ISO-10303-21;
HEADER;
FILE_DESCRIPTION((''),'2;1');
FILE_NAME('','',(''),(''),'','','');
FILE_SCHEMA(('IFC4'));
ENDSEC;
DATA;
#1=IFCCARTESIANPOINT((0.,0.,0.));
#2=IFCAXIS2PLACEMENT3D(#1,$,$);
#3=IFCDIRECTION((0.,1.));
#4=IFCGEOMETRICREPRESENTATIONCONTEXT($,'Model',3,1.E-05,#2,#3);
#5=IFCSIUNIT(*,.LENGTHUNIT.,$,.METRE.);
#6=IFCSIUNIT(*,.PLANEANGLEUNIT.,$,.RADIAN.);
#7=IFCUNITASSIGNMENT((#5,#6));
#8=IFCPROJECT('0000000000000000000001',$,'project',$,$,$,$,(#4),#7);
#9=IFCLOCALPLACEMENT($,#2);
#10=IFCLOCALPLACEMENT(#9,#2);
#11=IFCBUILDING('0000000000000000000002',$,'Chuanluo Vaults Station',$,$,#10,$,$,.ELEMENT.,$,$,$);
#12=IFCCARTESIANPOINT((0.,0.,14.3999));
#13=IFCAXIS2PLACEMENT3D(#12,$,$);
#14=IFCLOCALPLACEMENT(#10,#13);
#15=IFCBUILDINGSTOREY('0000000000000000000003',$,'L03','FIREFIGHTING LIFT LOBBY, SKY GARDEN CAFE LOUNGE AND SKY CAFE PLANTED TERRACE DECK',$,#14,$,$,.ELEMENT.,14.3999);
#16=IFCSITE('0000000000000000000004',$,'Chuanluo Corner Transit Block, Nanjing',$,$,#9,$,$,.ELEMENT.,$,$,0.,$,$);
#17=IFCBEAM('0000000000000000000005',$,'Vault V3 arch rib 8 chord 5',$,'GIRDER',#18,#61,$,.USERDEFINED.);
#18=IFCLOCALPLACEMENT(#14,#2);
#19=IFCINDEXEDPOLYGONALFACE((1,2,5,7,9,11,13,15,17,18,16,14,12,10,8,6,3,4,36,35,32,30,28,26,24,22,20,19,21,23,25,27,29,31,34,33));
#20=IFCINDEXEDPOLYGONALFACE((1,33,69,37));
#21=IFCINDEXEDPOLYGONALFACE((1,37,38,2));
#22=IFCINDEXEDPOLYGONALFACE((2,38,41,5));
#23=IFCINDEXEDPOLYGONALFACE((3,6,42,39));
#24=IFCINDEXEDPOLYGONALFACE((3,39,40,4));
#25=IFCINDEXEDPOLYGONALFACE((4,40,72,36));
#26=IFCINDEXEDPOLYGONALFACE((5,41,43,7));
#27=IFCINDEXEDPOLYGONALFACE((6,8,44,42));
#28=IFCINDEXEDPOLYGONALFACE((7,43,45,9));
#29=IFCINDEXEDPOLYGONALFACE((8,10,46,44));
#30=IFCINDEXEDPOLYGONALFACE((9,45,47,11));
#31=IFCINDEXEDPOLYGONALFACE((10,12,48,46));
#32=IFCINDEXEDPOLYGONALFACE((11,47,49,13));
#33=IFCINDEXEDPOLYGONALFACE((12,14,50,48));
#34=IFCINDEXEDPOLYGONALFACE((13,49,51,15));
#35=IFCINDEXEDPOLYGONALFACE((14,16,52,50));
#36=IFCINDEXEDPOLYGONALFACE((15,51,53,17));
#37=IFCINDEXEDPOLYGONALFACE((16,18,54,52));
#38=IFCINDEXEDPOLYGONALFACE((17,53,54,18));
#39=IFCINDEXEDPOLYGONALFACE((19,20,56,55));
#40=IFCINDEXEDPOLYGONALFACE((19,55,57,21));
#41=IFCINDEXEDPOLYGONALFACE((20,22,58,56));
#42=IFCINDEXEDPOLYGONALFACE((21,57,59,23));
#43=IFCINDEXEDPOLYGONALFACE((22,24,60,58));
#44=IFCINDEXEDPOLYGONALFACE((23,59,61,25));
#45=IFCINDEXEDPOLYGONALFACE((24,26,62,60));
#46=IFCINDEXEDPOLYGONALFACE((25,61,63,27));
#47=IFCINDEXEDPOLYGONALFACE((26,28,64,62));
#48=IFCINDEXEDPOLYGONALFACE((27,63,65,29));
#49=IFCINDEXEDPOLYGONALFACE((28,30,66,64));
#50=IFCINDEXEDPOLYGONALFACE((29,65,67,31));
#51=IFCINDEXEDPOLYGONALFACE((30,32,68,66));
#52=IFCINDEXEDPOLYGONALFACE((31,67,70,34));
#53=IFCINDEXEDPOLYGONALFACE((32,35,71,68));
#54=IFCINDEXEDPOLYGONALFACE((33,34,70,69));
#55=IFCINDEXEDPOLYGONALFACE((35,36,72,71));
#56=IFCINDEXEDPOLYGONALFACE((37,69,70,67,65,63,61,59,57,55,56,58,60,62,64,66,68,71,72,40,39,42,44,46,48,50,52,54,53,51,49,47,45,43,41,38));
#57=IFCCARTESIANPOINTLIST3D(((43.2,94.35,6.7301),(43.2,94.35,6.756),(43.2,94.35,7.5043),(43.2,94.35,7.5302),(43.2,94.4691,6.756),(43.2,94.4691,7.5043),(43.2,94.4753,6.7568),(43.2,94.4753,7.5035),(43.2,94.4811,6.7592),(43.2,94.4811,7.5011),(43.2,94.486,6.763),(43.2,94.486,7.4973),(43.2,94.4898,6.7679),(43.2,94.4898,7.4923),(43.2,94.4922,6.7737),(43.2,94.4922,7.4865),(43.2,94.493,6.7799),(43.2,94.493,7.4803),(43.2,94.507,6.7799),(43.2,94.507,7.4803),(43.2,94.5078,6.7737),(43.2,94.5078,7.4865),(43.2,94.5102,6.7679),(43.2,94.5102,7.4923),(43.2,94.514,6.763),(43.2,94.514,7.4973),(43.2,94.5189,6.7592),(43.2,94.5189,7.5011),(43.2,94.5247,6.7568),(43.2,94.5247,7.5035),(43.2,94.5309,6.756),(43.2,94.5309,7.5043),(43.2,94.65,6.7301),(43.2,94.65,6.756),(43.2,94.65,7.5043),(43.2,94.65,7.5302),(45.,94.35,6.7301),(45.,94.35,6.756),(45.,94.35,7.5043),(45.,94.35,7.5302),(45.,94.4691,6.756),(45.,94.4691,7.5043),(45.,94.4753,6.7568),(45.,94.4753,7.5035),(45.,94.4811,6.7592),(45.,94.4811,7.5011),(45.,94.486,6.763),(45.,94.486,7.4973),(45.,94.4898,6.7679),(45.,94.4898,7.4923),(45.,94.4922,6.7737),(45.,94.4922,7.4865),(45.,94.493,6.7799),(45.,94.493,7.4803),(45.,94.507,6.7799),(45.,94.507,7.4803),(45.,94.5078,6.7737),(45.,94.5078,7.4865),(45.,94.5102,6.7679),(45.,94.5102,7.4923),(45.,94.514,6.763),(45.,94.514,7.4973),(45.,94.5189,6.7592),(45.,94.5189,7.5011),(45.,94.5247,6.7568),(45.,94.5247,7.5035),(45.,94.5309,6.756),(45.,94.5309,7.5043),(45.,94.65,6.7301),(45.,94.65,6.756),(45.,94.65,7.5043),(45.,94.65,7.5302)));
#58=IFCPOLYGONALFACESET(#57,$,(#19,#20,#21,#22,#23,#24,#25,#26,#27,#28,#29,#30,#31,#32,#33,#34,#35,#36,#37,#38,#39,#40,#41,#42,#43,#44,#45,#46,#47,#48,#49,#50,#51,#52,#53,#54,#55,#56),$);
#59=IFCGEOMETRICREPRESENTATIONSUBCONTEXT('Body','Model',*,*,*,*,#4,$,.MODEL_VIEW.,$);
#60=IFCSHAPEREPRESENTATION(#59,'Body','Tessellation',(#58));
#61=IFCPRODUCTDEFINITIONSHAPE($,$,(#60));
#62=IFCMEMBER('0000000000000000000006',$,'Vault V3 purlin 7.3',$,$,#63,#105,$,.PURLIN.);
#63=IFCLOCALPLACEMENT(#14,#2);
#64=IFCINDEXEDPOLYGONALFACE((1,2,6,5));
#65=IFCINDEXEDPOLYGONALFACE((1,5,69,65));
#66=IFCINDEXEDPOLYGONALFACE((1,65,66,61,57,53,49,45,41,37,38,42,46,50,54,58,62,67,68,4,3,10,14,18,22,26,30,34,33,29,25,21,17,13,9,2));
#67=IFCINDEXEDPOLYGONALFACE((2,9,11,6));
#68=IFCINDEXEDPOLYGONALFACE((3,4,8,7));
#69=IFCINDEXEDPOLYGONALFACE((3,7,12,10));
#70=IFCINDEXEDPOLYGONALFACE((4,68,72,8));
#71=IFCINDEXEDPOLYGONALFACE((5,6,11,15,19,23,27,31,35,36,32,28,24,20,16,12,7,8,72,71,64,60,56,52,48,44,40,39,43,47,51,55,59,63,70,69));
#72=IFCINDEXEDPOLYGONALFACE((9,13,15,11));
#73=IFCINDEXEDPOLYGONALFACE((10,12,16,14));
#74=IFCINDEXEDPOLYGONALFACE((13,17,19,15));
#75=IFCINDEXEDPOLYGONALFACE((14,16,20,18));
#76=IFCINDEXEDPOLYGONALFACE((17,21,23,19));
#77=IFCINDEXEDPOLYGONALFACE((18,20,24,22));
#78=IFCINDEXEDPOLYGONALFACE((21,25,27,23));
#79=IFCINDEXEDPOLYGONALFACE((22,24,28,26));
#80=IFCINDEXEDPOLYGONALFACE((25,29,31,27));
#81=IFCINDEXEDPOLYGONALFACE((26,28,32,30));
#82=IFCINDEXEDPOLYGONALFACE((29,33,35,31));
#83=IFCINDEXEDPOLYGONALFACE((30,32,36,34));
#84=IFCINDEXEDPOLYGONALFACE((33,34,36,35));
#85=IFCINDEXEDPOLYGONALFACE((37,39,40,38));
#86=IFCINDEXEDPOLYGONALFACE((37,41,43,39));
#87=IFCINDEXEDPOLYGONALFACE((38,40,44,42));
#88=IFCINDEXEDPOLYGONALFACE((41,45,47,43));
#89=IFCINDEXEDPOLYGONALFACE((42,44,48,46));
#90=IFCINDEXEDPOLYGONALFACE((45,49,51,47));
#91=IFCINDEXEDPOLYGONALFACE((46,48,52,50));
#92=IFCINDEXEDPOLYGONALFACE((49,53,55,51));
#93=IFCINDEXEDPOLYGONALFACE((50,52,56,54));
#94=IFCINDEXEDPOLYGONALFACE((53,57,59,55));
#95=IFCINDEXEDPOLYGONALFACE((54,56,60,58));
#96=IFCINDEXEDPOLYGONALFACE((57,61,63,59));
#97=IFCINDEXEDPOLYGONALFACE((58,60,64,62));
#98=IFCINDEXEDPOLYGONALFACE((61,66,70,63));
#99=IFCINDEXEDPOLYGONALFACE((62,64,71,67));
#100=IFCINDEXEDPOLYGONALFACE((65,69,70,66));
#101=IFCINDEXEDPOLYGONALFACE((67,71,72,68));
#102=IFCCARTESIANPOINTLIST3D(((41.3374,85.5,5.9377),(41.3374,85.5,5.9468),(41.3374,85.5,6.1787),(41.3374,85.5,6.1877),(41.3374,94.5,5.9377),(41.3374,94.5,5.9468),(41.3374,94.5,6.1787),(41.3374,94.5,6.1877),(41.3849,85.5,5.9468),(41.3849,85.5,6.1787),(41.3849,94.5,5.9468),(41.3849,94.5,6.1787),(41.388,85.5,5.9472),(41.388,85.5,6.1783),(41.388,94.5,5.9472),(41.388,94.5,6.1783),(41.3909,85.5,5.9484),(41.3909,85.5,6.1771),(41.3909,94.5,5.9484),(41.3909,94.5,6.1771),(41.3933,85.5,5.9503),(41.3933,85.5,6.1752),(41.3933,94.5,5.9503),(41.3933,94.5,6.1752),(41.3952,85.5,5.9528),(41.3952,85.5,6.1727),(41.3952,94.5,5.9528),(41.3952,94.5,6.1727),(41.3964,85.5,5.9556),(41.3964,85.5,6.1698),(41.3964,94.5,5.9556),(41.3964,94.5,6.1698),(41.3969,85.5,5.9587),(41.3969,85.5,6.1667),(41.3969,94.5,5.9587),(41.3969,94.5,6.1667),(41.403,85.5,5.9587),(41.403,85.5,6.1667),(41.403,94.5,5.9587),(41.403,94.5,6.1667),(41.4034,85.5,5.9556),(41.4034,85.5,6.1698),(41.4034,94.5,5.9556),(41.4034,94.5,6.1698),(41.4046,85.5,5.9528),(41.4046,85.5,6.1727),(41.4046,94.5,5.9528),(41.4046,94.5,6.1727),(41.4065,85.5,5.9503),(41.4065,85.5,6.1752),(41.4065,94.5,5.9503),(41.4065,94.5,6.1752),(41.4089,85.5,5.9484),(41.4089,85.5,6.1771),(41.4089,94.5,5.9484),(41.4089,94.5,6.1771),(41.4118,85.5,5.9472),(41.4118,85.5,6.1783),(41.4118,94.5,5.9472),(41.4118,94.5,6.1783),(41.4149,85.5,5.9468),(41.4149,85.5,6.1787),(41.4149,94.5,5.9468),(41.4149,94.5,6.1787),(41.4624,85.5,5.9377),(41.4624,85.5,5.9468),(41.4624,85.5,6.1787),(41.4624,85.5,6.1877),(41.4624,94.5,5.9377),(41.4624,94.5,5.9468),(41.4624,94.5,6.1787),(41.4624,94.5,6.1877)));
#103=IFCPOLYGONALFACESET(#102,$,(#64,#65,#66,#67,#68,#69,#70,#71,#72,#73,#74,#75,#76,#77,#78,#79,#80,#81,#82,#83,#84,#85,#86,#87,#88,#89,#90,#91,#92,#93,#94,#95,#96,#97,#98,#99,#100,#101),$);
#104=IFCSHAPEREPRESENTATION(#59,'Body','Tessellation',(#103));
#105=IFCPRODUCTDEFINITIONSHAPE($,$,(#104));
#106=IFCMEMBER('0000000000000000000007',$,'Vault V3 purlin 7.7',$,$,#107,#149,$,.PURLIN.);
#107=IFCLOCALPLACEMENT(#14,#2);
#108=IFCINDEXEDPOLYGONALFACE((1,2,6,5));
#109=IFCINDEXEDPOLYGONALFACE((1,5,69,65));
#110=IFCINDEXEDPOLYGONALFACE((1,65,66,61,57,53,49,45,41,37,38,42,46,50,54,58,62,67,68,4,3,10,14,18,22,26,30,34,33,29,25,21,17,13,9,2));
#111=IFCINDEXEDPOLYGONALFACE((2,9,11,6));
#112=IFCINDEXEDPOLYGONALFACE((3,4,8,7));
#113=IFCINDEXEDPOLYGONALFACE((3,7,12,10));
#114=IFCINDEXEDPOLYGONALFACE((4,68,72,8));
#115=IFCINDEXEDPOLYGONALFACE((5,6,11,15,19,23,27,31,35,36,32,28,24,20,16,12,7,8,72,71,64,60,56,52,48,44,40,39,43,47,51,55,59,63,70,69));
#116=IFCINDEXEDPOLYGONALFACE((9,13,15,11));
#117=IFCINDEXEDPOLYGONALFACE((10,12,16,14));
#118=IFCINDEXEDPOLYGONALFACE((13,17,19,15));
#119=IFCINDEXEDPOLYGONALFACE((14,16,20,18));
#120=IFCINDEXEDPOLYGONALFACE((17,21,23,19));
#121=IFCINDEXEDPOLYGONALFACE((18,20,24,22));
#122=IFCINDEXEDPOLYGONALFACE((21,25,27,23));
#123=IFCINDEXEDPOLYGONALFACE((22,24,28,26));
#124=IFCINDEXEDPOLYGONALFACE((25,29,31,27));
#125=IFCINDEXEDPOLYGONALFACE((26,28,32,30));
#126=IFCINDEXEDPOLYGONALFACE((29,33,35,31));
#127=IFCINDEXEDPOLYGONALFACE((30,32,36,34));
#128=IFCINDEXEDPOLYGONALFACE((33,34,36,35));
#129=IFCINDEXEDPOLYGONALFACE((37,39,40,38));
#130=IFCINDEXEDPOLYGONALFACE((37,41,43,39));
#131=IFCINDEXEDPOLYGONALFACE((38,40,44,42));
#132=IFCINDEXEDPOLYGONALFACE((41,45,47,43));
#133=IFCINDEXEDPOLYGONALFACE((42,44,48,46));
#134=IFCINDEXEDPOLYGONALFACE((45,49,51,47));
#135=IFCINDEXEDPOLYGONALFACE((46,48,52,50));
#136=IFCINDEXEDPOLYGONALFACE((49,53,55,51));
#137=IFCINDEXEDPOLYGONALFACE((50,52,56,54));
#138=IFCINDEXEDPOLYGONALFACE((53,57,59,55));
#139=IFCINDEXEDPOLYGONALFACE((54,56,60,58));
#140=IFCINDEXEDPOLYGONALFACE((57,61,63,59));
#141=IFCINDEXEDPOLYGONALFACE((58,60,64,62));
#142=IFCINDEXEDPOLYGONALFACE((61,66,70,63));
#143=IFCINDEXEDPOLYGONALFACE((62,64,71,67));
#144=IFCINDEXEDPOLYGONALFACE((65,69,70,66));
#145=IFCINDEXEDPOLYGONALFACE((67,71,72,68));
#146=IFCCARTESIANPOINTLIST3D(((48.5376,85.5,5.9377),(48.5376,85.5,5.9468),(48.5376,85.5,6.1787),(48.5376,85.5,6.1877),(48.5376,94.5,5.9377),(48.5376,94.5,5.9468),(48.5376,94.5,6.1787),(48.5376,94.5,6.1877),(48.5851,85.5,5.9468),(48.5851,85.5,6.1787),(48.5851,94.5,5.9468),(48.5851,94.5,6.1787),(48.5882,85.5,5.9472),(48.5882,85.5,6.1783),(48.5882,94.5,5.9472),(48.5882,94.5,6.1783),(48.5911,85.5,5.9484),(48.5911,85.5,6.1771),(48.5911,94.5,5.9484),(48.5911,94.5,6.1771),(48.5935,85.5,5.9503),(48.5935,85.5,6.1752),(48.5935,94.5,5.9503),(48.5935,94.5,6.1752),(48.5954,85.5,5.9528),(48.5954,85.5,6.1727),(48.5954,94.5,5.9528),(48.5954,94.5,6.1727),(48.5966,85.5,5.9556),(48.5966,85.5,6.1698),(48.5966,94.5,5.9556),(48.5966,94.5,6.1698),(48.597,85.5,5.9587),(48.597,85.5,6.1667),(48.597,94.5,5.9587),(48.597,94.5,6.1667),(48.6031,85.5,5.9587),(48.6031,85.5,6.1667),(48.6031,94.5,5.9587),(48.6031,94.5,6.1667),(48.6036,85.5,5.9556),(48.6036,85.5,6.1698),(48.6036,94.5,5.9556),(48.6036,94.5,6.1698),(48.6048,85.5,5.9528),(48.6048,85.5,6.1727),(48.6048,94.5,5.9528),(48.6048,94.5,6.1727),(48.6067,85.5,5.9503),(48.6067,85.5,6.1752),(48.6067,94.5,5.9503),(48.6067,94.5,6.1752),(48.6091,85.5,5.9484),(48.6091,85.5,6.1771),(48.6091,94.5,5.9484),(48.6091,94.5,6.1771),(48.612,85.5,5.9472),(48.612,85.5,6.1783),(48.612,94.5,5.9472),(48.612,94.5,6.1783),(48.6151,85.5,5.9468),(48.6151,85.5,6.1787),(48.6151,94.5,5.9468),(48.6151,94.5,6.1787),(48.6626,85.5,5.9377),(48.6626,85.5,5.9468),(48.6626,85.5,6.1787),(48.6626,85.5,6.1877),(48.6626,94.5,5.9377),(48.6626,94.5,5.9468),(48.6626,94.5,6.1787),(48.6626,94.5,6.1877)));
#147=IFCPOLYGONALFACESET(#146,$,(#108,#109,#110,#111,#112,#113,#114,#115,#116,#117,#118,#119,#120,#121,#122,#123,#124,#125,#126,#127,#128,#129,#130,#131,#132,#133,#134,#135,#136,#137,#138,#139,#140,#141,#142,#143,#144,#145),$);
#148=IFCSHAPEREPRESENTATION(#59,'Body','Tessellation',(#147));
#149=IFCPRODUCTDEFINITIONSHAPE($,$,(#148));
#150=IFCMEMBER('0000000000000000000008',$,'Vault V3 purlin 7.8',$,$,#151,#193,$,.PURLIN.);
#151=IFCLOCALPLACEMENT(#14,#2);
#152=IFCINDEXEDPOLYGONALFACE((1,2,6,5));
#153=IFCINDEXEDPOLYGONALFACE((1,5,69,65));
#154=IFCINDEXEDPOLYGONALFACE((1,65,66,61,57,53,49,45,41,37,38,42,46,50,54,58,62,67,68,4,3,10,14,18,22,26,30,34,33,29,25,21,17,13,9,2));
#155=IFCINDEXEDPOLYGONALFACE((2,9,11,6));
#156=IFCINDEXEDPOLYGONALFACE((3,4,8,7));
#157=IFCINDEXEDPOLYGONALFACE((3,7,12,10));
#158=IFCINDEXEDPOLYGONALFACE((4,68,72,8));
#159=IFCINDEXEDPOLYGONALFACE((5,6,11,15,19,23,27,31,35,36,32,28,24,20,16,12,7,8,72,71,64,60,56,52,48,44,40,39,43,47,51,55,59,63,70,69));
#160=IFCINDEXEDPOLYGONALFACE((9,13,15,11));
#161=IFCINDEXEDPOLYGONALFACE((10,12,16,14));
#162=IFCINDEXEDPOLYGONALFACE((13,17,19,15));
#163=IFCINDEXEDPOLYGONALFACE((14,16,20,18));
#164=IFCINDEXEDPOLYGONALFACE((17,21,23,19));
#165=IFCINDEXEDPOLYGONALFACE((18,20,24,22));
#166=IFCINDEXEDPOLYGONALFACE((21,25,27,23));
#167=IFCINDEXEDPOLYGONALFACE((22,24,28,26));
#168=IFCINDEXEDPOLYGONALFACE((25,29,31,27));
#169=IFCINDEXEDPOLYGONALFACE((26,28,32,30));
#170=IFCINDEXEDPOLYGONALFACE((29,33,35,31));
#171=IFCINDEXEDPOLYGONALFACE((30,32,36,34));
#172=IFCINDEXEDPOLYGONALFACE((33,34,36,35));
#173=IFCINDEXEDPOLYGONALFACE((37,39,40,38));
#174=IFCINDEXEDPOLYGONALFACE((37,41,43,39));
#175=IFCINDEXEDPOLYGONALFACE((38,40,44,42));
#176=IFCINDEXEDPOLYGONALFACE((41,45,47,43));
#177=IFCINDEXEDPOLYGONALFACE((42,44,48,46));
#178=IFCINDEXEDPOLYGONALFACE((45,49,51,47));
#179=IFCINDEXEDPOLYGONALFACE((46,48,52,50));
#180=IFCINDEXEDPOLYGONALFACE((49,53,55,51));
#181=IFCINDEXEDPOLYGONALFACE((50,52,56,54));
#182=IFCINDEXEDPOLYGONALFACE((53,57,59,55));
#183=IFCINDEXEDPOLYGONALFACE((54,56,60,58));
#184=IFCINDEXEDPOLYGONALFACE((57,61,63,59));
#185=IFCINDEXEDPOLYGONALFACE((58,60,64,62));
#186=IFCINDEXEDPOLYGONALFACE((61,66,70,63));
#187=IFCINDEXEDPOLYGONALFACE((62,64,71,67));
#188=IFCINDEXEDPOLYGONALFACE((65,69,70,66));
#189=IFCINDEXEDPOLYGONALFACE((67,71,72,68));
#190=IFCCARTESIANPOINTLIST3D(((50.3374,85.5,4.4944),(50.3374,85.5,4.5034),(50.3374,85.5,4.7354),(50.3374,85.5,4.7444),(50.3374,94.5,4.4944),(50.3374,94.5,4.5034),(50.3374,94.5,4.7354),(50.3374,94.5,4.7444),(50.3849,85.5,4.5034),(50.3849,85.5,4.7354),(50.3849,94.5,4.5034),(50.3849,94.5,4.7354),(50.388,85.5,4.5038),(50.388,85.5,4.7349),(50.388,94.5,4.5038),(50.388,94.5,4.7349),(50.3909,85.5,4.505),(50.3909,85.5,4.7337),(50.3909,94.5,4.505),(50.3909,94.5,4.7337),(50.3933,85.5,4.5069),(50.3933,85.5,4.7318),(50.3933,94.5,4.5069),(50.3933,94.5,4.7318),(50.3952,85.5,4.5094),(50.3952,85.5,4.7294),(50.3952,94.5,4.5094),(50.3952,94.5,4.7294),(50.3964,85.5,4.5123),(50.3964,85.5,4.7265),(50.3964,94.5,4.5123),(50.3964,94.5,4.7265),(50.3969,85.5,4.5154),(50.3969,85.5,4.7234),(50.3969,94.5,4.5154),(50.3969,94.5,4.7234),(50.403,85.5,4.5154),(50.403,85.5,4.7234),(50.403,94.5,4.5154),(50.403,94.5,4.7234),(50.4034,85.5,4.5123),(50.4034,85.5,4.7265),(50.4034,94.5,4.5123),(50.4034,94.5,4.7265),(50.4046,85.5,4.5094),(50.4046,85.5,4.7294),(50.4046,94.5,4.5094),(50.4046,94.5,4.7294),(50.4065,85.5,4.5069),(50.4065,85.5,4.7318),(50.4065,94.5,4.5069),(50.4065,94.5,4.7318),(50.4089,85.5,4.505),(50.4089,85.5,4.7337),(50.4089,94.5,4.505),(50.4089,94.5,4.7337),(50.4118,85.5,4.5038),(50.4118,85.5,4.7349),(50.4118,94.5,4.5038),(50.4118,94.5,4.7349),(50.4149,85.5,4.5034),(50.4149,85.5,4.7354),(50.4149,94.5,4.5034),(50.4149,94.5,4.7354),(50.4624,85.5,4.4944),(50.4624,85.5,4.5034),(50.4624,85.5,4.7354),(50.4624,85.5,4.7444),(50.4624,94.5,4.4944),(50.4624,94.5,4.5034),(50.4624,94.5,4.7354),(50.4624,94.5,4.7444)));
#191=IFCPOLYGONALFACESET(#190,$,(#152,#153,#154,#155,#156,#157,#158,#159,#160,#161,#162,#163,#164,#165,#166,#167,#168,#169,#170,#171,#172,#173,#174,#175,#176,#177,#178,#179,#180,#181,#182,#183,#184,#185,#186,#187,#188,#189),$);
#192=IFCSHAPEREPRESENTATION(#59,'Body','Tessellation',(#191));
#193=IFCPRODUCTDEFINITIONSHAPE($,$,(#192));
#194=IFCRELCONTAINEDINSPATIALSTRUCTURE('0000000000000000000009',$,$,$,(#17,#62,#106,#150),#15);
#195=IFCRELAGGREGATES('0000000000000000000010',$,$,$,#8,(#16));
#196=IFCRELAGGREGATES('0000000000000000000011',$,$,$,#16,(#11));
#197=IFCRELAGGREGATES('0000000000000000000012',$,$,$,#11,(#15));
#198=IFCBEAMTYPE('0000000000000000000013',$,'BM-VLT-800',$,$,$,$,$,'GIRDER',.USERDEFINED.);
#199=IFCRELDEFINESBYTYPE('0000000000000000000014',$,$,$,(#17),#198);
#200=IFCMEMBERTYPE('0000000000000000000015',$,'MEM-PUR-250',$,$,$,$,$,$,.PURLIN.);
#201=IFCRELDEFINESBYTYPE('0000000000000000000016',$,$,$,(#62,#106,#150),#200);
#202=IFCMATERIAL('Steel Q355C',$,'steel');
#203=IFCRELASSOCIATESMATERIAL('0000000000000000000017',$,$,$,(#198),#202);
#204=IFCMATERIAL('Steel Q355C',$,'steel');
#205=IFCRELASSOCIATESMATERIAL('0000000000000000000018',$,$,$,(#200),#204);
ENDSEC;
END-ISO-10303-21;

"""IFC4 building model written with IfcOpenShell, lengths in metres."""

from ifc_helpers import new_model, si_unit, direction, frame, origin, origin_2d, place, context, subcontext, project, spatial, i_section, extrude, material, material_profile, profile_set, type_object, element, save


model = new_model("IFC4")

# Units and contexts
model_context = context("Model", 3, precision=1e-05, world=origin(), true_north=direction((0.0, 1.0)))
body_context = subcontext(model_context, "Body", "Model", "MODEL_VIEW")
ifc_project = project(units=[si_unit("LENGTHUNIT", "METRE"), si_unit("PLANEANGLEUNIT", "RADIAN")], contexts=[model_context])

# Site, building, storey
site_placement = place(None, origin())
site = spatial("IfcSite", under=ifc_project, at=site_placement, Name="Chuanluo Corner Transit Block, Nanjing", CompositionType="ELEMENT", RefElevation=0.0)
building_placement = place(site_placement, origin())
building = spatial("IfcBuilding", under=site, at=building_placement, Name="Chuanluo Vaults Station", CompositionType="ELEMENT")
storey_placement = place(building_placement, frame((0.0, 0.0, 14.3999)))
storey = spatial("IfcBuildingStorey", under=building, at=storey_placement, Name="L03", Description="FIREFIGHTING LIFT LOBBY, SKY GARDEN CAFE LOUNGE AND SKY CAFE PLANTED TERRACE DECK", CompositionType="ELEMENT", Elevation=14.3999)

# Beam
ifc_material_1 = material(Name="Steel Q355C", Category="steel")
ifc_material_profile_1 = material_profile(ifc_material_1, i_section(OverallWidth=0.3, OverallDepth=0.8, WebThickness=0.0139, FlangeThickness=0.0259, FilletRadius=0.0239, at=origin_2d()))
ifc_profile_set_1 = profile_set([ifc_material_profile_1], Name="Steel Q355C")
beam_type = type_object("IfcBeamType", Name="BM-VLT-800", ElementType="GIRDER", PredefinedType="USERDEFINED", material=ifc_profile_set_1)
beam_1_placement = place(storey_placement, frame((43.2, 94.5, 7.1301), z_axis=(1.0, 0.0, 0.0), x_axis=(0.0, 1.0, 0.0)))
element("IfcBeam", 1, at=beam_1_placement, inside=storey, type_object=beam_type, Name="Vault V3 arch rib 8 chord 5", ObjectType="GIRDER", PredefinedType="USERDEFINED", context=body_context, shape_type="SweptSolid", body=[
    extrude(i_section(OverallWidth=0.3, OverallDepth=0.8, WebThickness=0.0139, FlangeThickness=0.0259, FilletRadius=0.0239, at=origin_2d()), origin(), (0.0, 0.0, 1.0), 1.8),
])

# Members
ifc_material_2 = material(Name="Steel Q355C", Category="steel")
ifc_material_profile_2 = material_profile(ifc_material_2, i_section(OverallWidth=0.125, OverallDepth=0.25, WebThickness=0.0061, FlangeThickness=0.009, FilletRadius=0.012, at=origin_2d()))
ifc_profile_set_2 = profile_set([ifc_material_profile_2], Name="Steel Q355C")
member_type_1 = type_object("IfcMemberType", Name="MEM-PUR-250", PredefinedType="PURLIN", material=ifc_profile_set_2)
for number, where, z_axis, x_axis, name in (
    (2, (41.3999, 85.5, 6.0627), (0.0, 1.0, 0.0), (-1.0, 0.0, 0.0), "Vault V3 purlin 7.3"),
    (3, (48.6001, 85.5, 6.0627), (0.0, 1.0, 0.0), (-1.0, 0.0, 0.0), "Vault V3 purlin 7.7"),
    (4, (50.3999, 85.5, 4.6194), (0.0, 1.0, 0.0), (-1.0, 0.0, 0.0), "Vault V3 purlin 7.8"),
):
    element("IfcMember", number, at=place(storey_placement, frame(where, z_axis=z_axis, x_axis=x_axis)), inside=storey, type_object=member_type_1, Name=name, PredefinedType="PURLIN", context=body_context, shape_type="SweptSolid", body=[
        extrude(i_section(OverallWidth=0.125, OverallDepth=0.25, WebThickness=0.0061, FlangeThickness=0.009, FilletRadius=0.012, at=origin_2d()), origin(), (0.0, 0.0, 1.0), 9.0),
    ])

save(model, "model.ifc")
